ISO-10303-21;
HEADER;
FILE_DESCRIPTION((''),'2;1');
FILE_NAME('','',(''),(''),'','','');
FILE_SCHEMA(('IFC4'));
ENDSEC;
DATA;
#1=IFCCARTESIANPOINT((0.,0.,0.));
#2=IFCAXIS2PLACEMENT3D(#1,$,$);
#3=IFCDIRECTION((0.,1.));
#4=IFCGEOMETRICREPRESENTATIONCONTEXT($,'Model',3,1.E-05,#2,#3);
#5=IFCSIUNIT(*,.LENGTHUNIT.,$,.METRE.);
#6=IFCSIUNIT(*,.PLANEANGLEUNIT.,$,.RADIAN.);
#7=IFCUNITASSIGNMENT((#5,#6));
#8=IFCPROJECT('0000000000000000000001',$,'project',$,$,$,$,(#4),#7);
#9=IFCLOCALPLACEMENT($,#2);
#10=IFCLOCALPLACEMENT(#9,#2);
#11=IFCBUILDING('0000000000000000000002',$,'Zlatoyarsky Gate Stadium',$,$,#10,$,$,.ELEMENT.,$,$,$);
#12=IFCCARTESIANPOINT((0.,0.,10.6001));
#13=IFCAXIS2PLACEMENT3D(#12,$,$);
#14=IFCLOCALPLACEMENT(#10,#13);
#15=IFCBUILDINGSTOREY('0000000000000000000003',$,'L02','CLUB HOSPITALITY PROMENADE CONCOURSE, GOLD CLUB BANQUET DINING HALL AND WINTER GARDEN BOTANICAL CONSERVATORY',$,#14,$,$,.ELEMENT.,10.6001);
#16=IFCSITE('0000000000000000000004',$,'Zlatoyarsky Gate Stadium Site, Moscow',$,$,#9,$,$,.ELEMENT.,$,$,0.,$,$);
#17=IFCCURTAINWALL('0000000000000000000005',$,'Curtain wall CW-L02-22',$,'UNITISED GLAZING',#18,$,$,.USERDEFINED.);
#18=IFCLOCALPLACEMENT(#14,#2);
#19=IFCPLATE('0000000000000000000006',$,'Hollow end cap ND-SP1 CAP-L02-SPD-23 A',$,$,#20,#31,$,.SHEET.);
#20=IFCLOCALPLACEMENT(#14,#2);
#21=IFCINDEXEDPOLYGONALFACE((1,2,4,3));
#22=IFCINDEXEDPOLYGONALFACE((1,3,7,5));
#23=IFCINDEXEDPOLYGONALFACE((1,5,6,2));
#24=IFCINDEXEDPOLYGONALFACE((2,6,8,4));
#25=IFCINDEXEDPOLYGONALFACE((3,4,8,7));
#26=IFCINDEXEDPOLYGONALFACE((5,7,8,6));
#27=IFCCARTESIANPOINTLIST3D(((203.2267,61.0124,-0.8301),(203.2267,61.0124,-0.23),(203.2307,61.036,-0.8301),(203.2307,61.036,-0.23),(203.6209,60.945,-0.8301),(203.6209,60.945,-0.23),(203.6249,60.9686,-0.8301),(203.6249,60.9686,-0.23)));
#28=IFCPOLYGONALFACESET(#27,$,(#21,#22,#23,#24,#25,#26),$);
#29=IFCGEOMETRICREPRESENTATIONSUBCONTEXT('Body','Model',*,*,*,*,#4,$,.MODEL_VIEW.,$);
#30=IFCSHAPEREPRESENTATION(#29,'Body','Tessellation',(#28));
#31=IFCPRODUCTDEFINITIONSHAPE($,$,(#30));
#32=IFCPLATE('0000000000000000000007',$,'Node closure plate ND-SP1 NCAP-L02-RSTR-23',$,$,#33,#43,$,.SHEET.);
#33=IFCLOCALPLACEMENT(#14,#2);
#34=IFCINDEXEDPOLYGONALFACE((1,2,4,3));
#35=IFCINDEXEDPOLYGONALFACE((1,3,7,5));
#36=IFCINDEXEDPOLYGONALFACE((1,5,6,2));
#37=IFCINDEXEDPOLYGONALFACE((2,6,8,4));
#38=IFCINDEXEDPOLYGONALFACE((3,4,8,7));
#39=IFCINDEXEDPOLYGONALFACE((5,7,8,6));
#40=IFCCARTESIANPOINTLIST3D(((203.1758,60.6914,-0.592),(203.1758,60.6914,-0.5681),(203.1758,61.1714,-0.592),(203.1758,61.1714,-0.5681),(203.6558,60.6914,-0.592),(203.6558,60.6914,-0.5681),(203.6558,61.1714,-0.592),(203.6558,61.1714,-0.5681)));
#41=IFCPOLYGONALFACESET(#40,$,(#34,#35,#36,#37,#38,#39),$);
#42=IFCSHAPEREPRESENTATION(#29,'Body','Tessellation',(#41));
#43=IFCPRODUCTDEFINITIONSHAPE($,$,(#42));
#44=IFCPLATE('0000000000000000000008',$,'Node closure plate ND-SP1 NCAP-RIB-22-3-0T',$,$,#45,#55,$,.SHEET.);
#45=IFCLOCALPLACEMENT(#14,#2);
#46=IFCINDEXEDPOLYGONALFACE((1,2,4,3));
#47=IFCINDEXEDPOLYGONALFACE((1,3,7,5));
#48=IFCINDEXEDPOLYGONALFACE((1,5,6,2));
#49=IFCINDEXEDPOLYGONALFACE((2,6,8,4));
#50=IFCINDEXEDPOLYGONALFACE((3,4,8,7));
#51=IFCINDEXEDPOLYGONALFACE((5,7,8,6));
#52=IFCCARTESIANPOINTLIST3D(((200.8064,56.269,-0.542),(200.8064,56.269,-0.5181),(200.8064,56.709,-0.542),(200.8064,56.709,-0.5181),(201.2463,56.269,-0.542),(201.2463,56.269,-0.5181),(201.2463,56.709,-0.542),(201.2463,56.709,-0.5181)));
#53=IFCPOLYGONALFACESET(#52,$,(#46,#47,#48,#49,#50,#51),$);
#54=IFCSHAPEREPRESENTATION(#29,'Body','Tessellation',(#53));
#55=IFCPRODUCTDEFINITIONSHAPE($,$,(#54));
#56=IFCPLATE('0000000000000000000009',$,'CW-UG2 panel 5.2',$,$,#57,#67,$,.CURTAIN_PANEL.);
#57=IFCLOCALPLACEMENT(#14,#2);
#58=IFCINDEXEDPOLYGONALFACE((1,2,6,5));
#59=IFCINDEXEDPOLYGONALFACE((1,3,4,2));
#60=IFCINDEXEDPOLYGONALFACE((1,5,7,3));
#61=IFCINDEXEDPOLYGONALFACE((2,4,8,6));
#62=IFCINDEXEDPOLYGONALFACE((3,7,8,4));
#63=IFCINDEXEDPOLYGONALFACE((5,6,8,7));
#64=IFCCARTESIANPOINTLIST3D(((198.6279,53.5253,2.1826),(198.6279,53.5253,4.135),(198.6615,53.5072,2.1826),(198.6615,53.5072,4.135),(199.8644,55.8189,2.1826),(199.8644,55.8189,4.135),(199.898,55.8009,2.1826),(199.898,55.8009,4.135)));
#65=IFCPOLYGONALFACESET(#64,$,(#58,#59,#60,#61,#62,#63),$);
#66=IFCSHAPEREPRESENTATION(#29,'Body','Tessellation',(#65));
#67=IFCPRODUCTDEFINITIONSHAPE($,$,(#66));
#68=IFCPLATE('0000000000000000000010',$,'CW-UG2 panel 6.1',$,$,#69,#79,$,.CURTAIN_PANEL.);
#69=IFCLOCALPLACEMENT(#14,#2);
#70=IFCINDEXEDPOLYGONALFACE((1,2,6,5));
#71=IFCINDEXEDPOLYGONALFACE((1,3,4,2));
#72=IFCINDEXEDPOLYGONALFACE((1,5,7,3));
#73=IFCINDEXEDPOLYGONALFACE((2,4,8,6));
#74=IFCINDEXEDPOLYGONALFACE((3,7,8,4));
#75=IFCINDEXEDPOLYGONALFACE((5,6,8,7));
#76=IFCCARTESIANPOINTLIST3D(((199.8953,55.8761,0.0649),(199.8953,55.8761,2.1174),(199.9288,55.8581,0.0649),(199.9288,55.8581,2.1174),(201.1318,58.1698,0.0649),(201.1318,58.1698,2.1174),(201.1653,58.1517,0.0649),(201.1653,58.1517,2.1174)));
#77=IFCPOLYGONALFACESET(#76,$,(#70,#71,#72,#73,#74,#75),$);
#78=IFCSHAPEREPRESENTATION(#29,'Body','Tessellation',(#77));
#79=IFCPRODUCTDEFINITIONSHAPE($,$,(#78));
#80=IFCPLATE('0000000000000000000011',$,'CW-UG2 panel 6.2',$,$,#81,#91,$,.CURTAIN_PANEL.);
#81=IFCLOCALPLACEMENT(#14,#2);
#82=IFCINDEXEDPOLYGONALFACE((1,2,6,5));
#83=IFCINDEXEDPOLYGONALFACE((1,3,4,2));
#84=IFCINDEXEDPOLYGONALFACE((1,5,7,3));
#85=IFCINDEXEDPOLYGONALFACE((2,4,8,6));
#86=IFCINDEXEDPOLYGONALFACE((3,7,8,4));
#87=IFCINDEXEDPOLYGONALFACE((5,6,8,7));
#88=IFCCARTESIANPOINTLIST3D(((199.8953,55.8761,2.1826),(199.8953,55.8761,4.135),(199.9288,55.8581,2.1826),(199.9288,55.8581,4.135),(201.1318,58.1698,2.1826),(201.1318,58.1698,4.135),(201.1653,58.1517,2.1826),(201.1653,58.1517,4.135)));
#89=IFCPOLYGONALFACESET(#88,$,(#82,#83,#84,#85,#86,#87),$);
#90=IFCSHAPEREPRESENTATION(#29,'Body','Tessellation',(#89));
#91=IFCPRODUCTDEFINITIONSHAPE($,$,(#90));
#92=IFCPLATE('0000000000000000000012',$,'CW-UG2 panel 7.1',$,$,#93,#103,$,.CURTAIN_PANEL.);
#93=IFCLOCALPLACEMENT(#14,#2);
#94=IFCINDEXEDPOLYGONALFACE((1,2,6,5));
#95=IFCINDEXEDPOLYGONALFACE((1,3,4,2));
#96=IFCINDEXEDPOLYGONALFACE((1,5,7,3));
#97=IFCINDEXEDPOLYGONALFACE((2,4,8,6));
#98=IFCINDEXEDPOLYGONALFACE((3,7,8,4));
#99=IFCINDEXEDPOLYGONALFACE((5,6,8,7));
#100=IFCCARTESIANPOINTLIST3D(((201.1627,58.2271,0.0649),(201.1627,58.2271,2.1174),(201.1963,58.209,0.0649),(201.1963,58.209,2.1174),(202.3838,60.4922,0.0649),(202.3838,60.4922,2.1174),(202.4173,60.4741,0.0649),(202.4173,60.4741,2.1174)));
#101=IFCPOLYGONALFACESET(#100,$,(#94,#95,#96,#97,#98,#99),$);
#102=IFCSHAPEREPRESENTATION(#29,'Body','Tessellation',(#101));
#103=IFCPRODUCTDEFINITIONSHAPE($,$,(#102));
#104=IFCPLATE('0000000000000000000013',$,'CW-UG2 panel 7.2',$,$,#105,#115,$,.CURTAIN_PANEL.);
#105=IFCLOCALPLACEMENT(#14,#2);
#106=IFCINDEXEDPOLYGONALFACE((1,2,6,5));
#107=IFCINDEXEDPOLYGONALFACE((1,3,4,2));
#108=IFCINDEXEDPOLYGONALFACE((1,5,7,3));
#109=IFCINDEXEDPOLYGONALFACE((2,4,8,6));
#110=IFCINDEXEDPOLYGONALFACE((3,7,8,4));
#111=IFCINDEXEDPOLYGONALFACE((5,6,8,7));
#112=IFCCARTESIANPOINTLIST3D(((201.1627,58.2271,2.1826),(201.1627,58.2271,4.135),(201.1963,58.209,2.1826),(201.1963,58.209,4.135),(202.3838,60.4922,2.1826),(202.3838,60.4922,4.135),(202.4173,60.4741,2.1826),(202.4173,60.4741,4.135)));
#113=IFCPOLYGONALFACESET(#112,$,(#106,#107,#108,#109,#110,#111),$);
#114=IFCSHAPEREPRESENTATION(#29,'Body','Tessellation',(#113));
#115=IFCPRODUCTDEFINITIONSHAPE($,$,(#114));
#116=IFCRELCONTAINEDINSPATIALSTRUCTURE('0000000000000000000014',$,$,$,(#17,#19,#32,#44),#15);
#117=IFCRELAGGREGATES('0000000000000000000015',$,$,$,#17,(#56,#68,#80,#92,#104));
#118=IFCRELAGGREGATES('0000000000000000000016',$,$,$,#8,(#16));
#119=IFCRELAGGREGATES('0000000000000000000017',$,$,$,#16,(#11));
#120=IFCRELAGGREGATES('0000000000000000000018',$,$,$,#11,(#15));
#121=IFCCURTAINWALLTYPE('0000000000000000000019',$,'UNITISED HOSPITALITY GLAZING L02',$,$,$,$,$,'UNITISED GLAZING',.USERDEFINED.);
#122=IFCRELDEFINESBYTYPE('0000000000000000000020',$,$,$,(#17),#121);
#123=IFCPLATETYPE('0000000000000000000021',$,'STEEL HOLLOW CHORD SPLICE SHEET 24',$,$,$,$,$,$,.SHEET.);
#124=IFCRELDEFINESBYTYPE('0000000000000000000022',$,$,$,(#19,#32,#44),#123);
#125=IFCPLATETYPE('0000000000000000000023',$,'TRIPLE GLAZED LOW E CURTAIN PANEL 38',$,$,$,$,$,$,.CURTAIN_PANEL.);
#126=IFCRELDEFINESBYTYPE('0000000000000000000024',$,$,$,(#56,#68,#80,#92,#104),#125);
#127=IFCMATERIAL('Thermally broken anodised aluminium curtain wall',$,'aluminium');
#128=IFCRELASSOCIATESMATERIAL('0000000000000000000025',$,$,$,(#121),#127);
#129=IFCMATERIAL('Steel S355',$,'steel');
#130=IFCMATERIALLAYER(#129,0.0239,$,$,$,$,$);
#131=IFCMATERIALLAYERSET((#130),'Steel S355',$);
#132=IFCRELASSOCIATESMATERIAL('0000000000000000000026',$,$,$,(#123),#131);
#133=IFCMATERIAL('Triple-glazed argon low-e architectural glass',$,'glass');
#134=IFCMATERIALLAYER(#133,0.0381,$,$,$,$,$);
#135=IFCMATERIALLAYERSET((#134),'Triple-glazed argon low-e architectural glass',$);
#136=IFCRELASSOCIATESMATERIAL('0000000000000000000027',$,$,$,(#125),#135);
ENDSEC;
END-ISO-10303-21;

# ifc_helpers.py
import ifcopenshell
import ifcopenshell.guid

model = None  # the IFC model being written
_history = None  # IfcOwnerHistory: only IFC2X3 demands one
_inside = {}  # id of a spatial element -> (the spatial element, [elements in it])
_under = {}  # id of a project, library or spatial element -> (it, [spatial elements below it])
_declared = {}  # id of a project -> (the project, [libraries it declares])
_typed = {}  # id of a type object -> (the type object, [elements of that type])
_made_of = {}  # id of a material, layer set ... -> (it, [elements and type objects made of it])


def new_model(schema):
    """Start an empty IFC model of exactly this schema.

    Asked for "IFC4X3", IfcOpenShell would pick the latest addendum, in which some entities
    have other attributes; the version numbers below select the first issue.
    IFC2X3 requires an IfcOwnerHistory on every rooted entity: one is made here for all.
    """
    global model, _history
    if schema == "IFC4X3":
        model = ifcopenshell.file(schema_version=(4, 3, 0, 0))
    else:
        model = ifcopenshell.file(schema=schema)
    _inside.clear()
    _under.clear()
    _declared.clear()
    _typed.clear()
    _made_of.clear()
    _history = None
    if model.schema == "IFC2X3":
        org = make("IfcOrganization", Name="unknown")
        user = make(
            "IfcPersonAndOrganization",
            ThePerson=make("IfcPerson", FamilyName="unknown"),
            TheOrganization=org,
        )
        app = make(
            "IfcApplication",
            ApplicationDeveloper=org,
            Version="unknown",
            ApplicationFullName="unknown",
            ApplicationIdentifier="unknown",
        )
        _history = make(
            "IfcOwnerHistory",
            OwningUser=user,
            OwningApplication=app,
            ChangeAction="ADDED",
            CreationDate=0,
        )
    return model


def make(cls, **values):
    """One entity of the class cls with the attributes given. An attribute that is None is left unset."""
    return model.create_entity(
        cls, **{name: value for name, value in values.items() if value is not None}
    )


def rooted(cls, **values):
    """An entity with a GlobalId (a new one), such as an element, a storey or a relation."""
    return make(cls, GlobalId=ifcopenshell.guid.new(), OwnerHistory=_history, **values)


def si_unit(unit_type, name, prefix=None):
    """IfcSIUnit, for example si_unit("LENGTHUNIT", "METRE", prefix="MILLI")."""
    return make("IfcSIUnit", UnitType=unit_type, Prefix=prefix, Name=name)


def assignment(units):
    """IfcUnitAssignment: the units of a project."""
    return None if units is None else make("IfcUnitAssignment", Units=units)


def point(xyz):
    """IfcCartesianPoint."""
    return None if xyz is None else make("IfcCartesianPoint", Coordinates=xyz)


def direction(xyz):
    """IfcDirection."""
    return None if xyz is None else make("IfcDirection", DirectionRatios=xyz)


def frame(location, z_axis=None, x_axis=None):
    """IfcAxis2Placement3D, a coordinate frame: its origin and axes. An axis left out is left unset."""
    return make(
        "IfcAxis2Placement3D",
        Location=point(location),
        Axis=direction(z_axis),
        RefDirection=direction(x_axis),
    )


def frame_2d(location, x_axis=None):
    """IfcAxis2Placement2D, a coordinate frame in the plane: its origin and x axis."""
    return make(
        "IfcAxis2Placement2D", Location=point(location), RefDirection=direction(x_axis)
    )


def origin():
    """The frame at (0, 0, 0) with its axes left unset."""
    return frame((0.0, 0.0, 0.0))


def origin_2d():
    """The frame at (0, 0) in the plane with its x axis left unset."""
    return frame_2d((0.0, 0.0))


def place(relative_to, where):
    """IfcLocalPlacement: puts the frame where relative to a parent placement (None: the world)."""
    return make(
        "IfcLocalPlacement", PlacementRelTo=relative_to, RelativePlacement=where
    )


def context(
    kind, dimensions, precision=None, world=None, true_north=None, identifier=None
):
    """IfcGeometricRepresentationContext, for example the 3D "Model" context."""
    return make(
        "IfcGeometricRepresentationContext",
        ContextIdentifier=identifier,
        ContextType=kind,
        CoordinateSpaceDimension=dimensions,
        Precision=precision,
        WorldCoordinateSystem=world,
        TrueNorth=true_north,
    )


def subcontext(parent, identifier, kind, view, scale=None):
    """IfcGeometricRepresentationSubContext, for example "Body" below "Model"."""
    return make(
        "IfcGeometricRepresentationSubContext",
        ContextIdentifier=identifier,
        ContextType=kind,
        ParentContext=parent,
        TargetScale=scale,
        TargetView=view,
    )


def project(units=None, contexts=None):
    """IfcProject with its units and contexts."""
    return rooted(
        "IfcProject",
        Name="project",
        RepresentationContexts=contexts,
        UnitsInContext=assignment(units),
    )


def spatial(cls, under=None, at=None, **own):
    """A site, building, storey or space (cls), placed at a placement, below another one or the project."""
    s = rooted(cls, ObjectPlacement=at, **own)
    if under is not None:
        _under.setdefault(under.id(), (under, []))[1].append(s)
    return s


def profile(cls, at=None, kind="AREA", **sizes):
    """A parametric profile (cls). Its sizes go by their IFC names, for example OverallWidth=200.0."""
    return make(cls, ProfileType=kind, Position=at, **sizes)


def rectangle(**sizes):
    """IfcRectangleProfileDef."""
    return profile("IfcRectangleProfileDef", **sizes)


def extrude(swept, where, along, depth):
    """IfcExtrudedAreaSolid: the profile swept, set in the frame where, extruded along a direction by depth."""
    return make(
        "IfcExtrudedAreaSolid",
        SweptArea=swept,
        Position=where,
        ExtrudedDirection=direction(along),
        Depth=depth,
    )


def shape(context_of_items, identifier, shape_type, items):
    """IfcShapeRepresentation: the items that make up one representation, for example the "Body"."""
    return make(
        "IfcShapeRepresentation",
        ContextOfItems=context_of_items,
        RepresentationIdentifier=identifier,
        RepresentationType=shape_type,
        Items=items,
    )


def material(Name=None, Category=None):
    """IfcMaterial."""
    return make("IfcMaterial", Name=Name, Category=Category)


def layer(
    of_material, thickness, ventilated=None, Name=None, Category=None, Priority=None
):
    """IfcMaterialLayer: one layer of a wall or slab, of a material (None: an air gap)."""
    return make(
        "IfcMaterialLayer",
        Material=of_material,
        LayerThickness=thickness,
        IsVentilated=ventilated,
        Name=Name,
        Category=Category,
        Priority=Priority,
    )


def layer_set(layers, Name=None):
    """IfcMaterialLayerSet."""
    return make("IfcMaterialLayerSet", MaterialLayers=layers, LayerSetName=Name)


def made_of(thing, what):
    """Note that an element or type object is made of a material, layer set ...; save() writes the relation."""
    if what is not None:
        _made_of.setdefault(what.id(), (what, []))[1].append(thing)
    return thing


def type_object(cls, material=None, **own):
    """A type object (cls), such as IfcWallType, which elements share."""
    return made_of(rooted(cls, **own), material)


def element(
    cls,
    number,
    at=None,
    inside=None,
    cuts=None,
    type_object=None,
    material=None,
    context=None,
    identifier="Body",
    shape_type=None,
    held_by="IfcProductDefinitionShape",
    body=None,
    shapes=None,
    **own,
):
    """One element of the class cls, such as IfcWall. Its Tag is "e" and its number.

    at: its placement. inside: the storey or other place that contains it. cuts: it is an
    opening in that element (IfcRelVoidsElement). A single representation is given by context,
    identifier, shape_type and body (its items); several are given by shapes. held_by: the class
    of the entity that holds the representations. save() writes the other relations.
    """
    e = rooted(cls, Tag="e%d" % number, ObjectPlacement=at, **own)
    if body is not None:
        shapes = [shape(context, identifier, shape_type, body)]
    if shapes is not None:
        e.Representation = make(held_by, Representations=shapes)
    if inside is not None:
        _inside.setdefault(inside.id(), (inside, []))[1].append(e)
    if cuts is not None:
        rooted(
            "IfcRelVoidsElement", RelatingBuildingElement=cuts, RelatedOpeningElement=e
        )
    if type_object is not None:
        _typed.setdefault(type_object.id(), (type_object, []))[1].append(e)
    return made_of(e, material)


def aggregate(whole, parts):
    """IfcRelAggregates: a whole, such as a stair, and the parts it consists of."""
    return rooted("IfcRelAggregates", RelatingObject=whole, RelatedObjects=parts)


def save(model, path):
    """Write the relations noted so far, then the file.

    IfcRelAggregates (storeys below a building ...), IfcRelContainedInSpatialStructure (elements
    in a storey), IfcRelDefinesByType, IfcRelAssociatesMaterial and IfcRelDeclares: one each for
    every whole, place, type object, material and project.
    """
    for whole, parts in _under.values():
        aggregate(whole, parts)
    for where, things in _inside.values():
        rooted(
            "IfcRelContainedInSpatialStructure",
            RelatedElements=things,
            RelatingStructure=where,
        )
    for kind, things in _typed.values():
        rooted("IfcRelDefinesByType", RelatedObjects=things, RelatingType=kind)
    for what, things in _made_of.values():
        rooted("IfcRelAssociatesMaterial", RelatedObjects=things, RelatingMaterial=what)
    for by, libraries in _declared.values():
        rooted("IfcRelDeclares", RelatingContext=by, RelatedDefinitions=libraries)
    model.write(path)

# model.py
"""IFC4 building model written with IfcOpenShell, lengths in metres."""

from ifc_helpers import new_model, si_unit, direction, frame, origin, origin_2d, place, context, subcontext, project, spatial, rectangle, extrude, material, layer, layer_set, type_object, element, aggregate, save


model = new_model("IFC4")

# Units and contexts
model_context = context("Model", 3, precision=1e-05, world=origin(), true_north=direction((0.0, 1.0)))
body_context = subcontext(model_context, "Body", "Model", "MODEL_VIEW")
ifc_project = project(units=[si_unit("LENGTHUNIT", "METRE"), si_unit("PLANEANGLEUNIT", "RADIAN")], contexts=[model_context])

# Site, building, storey
site_placement = place(None, origin())
site = spatial("IfcSite", under=ifc_project, at=site_placement, Name="Zlatoyarsky Gate Stadium Site, Moscow", CompositionType="ELEMENT", RefElevation=0.0)
building_placement = place(site_placement, origin())
building = spatial("IfcBuilding", under=site, at=building_placement, Name="Zlatoyarsky Gate Stadium", CompositionType="ELEMENT")
storey_placement = place(building_placement, frame((0.0, 0.0, 10.6001)))
storey = spatial("IfcBuildingStorey", under=building, at=storey_placement, Name="L02", Description="CLUB HOSPITALITY PROMENADE CONCOURSE, GOLD CLUB BANQUET DINING HALL AND WINTER GARDEN BOTANICAL CONSERVATORY", CompositionType="ELEMENT", Elevation=10.6001)

# Shared definitions
ifc_material_1 = material(Name="Steel S355", Category="steel")

# Curtain wall
ifc_material_2 = material(Name="Thermally broken anodised aluminium curtain wall", Category="aluminium")
curtain_wall_type = type_object("IfcCurtainWallType", Name="UNITISED HOSPITALITY GLAZING L02", ElementType="UNITISED GLAZING", PredefinedType="USERDEFINED", material=ifc_material_2)
curtain_wall_placement = place(storey_placement, origin())
curtain_wall = element("IfcCurtainWall", 1, at=curtain_wall_placement, inside=storey, type_object=curtain_wall_type, Name="Curtain wall CW-L02-22", ObjectType="UNITISED GLAZING", PredefinedType="USERDEFINED")

# Plates
ifc_layer_1 = layer(ifc_material_1, 0.0239)
ifc_layer_set_1 = layer_set([ifc_layer_1], Name="Steel S355")
plate_type_1 = type_object("IfcPlateType", Name="STEEL HOLLOW CHORD SPLICE SHEET 24", PredefinedType="SHEET", material=ifc_layer_set_1)
for number, where, z_axis, x_axis, name in (
    (2, (203.4258, 60.9905, -0.8301), (0.0, 0.0, 1.0), (0.168521, 0.985698, 0.0), "Hollow end cap ND-SP1 CAP-L02-SPD-23 A"),
):
    element("IfcPlate", number, at=place(storey_placement, frame(where, z_axis=z_axis, x_axis=x_axis)), inside=storey, type_object=plate_type_1, Name=name, PredefinedType="SHEET", context=body_context, shape_type="SweptSolid", body=[
        extrude(rectangle(XDim=0.0239, YDim=0.3999, at=origin_2d()), origin(), (0.0, 0.0, 1.0), 0.6001),
    ])
plate_1_placement = place(storey_placement, frame((203.4158, 60.9314, -0.592), z_axis=(0.0, 0.0, 1.0), x_axis=(1.0, 0.0, 0.0)))
element("IfcPlate", 3, at=plate_1_placement, inside=storey, type_object=plate_type_1, Name="Node closure plate ND-SP1 NCAP-L02-RSTR-23", PredefinedType="SHEET", context=body_context, shape_type="SweptSolid", body=[
    extrude(rectangle(XDim=0.48, YDim=0.48, at=origin_2d()), origin(), (0.0, 0.0, 1.0), 0.0239),
])
plate_2_placement = place(storey_placement, frame((201.0264, 56.489, -0.542), z_axis=(0.0, 0.0, 1.0), x_axis=(1.0, 0.0, 0.0)))
element("IfcPlate", 4, at=plate_2_placement, inside=storey, type_object=plate_type_1, Name="Node closure plate ND-SP1 NCAP-RIB-22-3-0T", PredefinedType="SHEET", context=body_context, shape_type="SweptSolid", body=[
    extrude(rectangle(XDim=0.4399, YDim=0.4399, at=origin_2d()), origin(), (0.0, 0.0, 1.0), 0.0239),
])

# Plates
ifc_material_3 = material(Name="Triple-glazed argon low-e architectural glass", Category="glass")
ifc_layer_2 = layer(ifc_material_3, 0.0381)
ifc_layer_set_2 = layer_set([ifc_layer_2], Name="Triple-glazed argon low-e architectural glass")
plate_type_2 = type_object("IfcPlateType", Name="TRIPLE GLAZED LOW E CURTAIN PANEL 38", PredefinedType="CURTAIN_PANEL", material=ifc_layer_set_2)
plate_3_placement = place(storey_placement, frame((199.2629, 54.6631, 2.1826), z_axis=(0.0, 0.0, 1.0), x_axis=(0.474534, 0.880237, 0.0)))
plate_3 = element("IfcPlate", 5, at=plate_3_placement, type_object=plate_type_2, Name="CW-UG2 panel 5.2", PredefinedType="CURTAIN_PANEL", context=body_context, shape_type="SweptSolid", body=[
    extrude(rectangle(XDim=2.6057, YDim=0.0381, at=origin_2d()), origin(), (0.0, 0.0, 1.0), 1.9524),
])
plate_4_placement = place(storey_placement, frame((200.5303, 57.0139, 0.0649), z_axis=(0.0, 0.0, 1.0), x_axis=(0.474534, 0.880237, 0.0)))
plate_4 = element("IfcPlate", 6, at=plate_4_placement, type_object=plate_type_2, Name="CW-UG2 panel 6.1", PredefinedType="CURTAIN_PANEL", context=body_context, shape_type="SweptSolid", body=[
    extrude(rectangle(XDim=2.6057, YDim=0.0381, at=origin_2d()), origin(), (0.0, 0.0, 1.0), 2.0525),
])
plate_5_placement = place(storey_placement, frame((200.5303, 57.0139, 2.1826), z_axis=(0.0, 0.0, 1.0), x_axis=(0.474534, 0.880237, 0.0)))
plate_5 = element("IfcPlate", 7, at=plate_5_placement, type_object=plate_type_2, Name="CW-UG2 panel 6.2", PredefinedType="CURTAIN_PANEL", context=body_context, shape_type="SweptSolid", body=[
    extrude(rectangle(XDim=2.6057, YDim=0.0381, at=origin_2d()), origin(), (0.0, 0.0, 1.0), 1.9524),
])
plate_6_placement = place(storey_placement, frame((201.79, 59.3506, 0.0649), z_axis=(0.0, 0.0, 1.0), x_axis=(0.474534, 0.880237, 0.0)))
plate_6 = element("IfcPlate", 8, at=plate_6_placement, type_object=plate_type_2, Name="CW-UG2 panel 7.1", PredefinedType="CURTAIN_PANEL", context=body_context, shape_type="SweptSolid", body=[
    extrude(rectangle(XDim=2.5732, YDim=0.0381, at=origin_2d()), origin(), (0.0, 0.0, 1.0), 2.0525),
])
plate_7_placement = place(storey_placement, frame((201.79, 59.3506, 2.1826), z_axis=(0.0, 0.0, 1.0), x_axis=(0.474534, 0.880237, 0.0)))
plate_7 = element("IfcPlate", 9, at=plate_7_placement, type_object=plate_type_2, Name="CW-UG2 panel 7.2", PredefinedType="CURTAIN_PANEL", context=body_context, shape_type="SweptSolid", body=[
    extrude(rectangle(XDim=2.5732, YDim=0.0381, at=origin_2d()), origin(), (0.0, 0.0, 1.0), 1.9524),
])
aggregate(curtain_wall, [plate_3, plate_4, plate_5, plate_6, plate_7])

save(model, "model.ifc")
